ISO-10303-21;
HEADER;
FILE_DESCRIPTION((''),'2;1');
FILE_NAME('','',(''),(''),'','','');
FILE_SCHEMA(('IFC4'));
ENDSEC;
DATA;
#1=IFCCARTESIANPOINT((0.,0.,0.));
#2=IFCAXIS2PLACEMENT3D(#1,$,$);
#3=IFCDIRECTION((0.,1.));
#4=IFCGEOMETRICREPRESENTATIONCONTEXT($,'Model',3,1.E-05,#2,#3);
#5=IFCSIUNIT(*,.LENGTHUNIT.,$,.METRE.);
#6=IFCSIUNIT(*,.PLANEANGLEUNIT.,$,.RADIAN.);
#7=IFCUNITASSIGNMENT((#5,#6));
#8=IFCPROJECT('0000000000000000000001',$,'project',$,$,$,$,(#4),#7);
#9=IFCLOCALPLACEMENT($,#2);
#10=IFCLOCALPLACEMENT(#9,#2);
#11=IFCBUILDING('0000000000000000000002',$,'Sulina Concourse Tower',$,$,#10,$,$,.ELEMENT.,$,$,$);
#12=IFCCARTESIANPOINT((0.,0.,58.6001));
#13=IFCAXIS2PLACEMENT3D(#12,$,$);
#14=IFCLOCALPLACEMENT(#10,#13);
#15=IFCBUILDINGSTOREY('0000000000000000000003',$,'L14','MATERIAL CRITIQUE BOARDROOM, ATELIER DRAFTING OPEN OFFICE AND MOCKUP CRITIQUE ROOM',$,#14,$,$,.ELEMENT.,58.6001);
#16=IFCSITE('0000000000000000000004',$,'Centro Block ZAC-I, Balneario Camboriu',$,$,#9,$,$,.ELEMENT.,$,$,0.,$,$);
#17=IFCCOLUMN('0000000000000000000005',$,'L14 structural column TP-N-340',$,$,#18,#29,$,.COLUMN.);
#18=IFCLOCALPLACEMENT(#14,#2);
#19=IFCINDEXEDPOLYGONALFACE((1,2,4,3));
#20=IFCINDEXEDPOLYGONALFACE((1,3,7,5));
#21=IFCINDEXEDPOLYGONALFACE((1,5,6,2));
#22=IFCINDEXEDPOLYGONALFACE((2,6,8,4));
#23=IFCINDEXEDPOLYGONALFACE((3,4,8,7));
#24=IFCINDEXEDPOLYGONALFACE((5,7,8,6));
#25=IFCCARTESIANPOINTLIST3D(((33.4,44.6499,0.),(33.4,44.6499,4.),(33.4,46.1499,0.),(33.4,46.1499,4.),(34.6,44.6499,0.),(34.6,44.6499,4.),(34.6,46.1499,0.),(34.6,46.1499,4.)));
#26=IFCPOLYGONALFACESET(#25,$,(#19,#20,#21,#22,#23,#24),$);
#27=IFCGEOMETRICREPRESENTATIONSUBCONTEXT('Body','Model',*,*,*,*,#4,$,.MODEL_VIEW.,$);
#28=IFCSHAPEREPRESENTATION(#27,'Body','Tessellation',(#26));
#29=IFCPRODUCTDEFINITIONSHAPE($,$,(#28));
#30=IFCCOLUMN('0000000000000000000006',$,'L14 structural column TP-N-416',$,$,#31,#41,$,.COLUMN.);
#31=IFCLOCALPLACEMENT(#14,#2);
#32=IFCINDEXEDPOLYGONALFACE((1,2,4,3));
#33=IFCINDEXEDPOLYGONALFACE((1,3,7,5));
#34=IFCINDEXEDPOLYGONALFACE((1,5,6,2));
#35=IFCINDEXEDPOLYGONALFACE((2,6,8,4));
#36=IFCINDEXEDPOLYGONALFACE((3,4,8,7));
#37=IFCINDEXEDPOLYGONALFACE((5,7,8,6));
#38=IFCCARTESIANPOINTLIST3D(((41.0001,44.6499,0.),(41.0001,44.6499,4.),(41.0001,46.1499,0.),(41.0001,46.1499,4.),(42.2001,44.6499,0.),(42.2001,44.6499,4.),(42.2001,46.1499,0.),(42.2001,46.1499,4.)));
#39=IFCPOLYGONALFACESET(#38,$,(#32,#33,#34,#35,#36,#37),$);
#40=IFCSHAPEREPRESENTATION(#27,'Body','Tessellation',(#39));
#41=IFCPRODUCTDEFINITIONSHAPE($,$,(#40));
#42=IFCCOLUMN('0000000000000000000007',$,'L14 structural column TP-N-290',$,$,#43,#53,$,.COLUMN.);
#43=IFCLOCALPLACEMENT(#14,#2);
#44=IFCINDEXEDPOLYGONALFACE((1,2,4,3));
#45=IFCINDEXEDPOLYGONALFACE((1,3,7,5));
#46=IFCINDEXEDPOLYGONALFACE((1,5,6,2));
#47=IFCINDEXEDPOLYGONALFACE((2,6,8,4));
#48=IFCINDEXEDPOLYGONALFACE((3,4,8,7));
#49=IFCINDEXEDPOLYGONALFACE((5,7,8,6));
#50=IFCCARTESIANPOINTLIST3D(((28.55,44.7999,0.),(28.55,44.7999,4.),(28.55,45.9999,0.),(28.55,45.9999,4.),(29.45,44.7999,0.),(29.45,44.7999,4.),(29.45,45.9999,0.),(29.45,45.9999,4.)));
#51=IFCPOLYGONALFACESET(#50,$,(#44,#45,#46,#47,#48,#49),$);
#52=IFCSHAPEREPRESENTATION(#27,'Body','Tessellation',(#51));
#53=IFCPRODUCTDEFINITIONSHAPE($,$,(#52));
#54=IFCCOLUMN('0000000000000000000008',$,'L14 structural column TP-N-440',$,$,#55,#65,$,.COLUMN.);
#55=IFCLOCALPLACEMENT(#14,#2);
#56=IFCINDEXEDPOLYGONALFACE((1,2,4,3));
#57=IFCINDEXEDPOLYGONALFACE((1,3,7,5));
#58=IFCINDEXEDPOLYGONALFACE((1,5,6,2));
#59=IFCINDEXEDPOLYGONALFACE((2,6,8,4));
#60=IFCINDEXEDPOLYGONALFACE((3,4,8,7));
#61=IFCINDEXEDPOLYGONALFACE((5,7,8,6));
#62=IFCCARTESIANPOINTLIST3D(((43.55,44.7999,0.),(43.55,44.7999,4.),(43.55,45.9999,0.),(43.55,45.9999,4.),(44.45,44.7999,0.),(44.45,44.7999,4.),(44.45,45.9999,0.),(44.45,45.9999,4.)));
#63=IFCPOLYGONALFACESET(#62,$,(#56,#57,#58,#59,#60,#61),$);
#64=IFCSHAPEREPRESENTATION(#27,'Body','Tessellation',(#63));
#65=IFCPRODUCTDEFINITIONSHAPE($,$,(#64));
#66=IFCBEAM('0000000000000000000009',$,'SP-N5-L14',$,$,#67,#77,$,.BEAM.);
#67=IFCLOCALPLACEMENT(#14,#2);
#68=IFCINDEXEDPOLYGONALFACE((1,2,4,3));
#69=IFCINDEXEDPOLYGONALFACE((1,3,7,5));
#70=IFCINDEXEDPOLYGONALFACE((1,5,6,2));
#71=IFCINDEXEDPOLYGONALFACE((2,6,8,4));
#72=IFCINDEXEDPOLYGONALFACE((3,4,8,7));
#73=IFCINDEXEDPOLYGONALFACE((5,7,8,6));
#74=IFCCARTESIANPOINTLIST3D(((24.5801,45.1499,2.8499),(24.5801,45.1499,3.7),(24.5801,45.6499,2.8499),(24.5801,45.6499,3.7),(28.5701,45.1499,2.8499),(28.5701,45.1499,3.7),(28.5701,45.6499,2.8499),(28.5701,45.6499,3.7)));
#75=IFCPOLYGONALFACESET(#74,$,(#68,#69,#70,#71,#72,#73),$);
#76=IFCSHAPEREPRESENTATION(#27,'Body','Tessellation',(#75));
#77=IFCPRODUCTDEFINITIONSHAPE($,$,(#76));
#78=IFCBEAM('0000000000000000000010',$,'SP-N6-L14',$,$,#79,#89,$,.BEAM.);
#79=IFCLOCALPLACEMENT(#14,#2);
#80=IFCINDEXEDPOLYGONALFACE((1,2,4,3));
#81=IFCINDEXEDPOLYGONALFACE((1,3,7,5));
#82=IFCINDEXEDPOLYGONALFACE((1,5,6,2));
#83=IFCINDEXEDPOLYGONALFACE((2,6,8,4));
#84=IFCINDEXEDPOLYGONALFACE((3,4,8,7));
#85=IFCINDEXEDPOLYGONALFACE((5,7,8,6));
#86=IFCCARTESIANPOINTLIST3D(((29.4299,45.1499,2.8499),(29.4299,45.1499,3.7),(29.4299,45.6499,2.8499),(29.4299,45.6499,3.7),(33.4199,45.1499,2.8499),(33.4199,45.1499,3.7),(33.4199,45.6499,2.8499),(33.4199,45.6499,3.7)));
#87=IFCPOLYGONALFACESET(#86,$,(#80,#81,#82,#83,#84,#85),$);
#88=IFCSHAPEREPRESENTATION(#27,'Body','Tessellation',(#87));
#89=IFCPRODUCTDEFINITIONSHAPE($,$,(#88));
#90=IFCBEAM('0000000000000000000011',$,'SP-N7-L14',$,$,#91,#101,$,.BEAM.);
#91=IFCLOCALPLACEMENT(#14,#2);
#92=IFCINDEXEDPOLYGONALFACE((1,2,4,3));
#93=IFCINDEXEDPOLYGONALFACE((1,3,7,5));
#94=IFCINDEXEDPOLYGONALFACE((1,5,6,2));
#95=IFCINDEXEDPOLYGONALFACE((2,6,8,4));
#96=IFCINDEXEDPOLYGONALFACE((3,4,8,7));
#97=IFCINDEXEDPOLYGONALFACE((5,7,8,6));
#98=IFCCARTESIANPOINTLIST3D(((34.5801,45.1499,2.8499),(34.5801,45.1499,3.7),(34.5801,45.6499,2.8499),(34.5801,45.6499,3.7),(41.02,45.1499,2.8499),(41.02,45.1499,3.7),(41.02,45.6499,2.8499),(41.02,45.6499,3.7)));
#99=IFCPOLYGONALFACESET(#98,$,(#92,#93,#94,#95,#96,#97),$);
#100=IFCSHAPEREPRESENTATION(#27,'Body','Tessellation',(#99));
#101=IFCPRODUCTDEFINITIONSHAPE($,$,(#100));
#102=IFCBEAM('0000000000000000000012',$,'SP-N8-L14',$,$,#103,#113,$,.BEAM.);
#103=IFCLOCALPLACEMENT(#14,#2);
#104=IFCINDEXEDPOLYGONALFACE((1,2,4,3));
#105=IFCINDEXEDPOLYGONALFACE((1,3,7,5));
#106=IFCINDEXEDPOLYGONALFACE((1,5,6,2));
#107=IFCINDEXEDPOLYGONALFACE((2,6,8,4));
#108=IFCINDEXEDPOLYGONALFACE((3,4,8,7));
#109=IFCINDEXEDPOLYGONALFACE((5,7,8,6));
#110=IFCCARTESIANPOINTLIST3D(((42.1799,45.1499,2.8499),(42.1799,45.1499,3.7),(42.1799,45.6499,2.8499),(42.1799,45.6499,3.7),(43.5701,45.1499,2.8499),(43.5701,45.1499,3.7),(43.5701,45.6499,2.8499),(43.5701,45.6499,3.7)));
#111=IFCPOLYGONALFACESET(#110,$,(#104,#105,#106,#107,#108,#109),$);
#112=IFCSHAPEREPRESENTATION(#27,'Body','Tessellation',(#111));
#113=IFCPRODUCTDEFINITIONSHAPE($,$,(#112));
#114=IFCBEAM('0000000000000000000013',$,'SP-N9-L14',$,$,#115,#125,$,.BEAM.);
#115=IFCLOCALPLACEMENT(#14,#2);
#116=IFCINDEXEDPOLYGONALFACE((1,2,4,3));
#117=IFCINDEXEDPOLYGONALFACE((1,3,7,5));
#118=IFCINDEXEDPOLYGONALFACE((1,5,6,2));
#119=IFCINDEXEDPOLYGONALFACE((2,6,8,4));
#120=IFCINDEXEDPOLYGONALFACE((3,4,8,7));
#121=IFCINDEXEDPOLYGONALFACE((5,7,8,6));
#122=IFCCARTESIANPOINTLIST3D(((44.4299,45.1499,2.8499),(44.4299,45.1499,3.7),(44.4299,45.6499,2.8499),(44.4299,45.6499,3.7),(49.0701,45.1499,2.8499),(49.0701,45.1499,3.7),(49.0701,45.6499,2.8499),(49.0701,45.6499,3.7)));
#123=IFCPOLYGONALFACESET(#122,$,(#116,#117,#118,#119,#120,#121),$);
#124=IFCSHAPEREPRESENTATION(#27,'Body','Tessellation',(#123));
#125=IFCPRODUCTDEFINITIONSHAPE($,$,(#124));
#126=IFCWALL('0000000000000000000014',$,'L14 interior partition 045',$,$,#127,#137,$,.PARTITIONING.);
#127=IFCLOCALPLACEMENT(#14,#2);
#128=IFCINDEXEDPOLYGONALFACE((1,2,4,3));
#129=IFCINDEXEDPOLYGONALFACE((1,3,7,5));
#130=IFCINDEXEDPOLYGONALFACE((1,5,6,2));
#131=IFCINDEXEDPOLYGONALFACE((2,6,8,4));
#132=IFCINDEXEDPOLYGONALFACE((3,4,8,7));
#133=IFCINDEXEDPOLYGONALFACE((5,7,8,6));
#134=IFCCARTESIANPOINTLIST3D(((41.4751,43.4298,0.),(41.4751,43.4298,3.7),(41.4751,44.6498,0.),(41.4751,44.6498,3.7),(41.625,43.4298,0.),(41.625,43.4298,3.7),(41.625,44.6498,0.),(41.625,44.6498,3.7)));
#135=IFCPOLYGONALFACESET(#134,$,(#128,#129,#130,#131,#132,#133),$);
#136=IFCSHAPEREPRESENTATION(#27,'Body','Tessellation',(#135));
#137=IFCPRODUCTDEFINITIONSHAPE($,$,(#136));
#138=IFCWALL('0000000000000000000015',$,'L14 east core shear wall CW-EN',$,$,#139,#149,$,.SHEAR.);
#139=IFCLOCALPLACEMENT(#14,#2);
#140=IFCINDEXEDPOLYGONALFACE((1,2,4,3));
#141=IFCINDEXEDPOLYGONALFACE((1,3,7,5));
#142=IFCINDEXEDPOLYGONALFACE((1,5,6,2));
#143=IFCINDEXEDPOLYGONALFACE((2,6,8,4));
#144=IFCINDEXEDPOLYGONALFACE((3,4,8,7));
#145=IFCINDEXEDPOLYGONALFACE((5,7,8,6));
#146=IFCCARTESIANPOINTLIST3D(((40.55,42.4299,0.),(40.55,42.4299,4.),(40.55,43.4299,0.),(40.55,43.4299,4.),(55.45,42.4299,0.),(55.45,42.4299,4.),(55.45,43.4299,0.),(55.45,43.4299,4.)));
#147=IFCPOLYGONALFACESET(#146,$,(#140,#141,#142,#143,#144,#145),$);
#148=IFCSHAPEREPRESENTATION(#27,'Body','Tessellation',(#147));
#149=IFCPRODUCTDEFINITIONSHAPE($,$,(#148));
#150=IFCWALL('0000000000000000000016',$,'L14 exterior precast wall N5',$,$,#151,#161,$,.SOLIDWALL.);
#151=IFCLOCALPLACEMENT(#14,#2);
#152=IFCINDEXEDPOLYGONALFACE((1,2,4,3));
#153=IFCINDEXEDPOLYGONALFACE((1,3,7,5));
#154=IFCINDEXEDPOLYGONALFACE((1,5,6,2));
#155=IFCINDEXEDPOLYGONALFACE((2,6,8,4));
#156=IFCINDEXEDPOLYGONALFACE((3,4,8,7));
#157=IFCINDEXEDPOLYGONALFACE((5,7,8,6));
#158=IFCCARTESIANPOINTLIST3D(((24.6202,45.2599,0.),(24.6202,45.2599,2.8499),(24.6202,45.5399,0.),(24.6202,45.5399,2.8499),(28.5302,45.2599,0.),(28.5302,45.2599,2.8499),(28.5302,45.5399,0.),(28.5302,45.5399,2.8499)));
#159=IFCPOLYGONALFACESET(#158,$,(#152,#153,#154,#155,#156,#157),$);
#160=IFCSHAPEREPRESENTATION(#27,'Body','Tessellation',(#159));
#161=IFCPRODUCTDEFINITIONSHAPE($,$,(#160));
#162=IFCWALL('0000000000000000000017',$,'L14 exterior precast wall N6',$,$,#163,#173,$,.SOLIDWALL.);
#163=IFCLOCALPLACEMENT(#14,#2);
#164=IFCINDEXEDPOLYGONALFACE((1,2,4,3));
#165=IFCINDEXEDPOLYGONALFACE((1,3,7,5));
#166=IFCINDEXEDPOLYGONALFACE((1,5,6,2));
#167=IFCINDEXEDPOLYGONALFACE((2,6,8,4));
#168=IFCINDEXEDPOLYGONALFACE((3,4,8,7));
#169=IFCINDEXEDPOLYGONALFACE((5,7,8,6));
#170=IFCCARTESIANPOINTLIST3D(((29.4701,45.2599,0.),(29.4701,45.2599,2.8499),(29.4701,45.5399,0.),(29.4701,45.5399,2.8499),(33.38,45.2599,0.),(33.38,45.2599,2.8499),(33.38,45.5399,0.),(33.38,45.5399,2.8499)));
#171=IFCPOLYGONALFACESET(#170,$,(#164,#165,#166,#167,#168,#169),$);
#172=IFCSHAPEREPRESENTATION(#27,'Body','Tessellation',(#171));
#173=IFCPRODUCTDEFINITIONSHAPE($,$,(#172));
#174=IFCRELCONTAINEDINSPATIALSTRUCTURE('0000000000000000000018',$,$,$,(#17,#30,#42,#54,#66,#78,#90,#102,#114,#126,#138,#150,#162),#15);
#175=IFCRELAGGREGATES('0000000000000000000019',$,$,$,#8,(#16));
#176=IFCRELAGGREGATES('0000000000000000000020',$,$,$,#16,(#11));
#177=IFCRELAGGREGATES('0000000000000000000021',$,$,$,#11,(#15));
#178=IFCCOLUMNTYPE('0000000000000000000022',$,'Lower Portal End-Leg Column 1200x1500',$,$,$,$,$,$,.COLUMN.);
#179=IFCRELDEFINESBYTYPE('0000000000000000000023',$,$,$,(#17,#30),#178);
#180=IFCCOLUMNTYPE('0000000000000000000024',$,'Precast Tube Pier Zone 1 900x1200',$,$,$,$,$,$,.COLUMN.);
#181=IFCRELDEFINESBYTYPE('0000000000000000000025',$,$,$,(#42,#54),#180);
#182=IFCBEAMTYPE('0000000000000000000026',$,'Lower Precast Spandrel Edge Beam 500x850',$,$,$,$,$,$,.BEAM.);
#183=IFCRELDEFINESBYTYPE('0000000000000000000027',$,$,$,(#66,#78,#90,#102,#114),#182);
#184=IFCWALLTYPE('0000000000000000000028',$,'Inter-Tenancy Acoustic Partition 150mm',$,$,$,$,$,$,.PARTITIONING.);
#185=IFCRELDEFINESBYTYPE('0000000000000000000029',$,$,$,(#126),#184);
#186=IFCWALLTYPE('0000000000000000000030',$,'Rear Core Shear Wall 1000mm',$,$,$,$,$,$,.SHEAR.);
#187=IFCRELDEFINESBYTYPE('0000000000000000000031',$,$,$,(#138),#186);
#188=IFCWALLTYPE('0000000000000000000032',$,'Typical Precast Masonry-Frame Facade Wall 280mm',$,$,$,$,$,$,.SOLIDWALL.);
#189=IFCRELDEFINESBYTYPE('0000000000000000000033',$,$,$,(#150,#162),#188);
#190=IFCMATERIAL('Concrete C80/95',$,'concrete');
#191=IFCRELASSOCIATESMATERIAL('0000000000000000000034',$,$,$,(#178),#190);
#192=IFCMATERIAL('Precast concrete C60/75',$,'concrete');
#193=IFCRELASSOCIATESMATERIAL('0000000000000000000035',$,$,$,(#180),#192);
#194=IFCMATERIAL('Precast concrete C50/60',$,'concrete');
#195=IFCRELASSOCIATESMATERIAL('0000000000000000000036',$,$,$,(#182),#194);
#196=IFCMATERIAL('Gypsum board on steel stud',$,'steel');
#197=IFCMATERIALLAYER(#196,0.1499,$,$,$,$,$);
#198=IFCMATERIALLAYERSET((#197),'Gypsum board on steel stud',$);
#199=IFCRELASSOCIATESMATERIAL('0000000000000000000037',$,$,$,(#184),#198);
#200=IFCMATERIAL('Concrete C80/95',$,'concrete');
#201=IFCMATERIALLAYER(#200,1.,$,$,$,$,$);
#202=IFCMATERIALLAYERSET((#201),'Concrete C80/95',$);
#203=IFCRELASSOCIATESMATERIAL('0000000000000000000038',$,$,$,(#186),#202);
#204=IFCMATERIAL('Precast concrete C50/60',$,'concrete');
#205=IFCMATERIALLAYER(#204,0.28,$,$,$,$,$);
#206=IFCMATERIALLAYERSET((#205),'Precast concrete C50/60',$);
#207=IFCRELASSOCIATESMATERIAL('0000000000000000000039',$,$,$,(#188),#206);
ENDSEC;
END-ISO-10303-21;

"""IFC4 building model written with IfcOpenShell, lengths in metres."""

from ifc_helpers import new_model, si_unit, direction, frame, frame_2d, origin, origin_2d, place, context, subcontext, project, spatial, rectangle, extrude, material, layer, layer_set, material_profile, profile_set, type_object, element, save


model = new_model("IFC4")

# Units and contexts
model_context = context("Model", 3, precision=1e-05, world=origin(), true_north=direction((0.0, 1.0)))
body_context = subcontext(model_context, "Body", "Model", "MODEL_VIEW")
ifc_project = project(units=[si_unit("LENGTHUNIT", "METRE"), si_unit("PLANEANGLEUNIT", "RADIAN")], contexts=[model_context])

# Site, building, storey
site_placement = place(None, origin())
site = spatial("IfcSite", under=ifc_project, at=site_placement, Name="Centro Block ZAC-I, Balneario Camboriu", CompositionType="ELEMENT", RefElevation=0.0)
building_placement = place(site_placement, origin())
building = spatial("IfcBuilding", under=site, at=building_placement, Name="Sulina Concourse Tower", CompositionType="ELEMENT")
storey_placement = place(building_placement, frame((0.0, 0.0, 58.6001)))
storey = spatial("IfcBuildingStorey", under=building, at=storey_placement, Name="L14", Description="MATERIAL CRITIQUE BOARDROOM, ATELIER DRAFTING OPEN OFFICE AND MOCKUP CRITIQUE ROOM", CompositionType="ELEMENT", Elevation=58.6001)

# Columns
ifc_material_1 = material(Name="Concrete C80/95", Category="concrete")
ifc_material_profile_1 = material_profile(ifc_material_1, rectangle(XDim=1.2, YDim=1.5, at=origin_2d()), Name="RC 1200x1500")
ifc_profile_set_1 = profile_set([ifc_material_profile_1], Name="Concrete C80/95")
column_type_1 = type_object("IfcColumnType", Name="Lower Portal End-Leg Column 1200x1500", PredefinedType="COLUMN", material=ifc_profile_set_1)
for number, where, z_axis, x_axis, name in (
    (1, (34.0, 45.3999, 0.0), (0.0, 0.0, 1.0), (1.0, 0.0, 0.0), "L14 structural column TP-N-340"),
    (2, (41.6001, 45.3999, 0.0), (0.0, 0.0, 1.0), (1.0, 0.0, 0.0), "L14 structural column TP-N-416"),
):
    element("IfcColumn", number, at=place(storey_placement, frame(where, z_axis=z_axis, x_axis=x_axis)), inside=storey, type_object=column_type_1, Name=name, PredefinedType="COLUMN", context=body_context, shape_type="SweptSolid", body=[
        extrude(rectangle(XDim=1.2, YDim=1.5, at=origin_2d()), origin(), (0.0, 0.0, 1.0), 4.0),
    ])
ifc_material_2 = material(Name="Precast concrete C60/75", Category="concrete")
ifc_material_profile_2 = material_profile(ifc_material_2, rectangle(XDim=0.8999, YDim=1.2, at=origin_2d()), Name="PC 900x1200")
ifc_profile_set_2 = profile_set([ifc_material_profile_2], Name="Precast concrete C60/75")
column_type_2 = type_object("IfcColumnType", Name="Precast Tube Pier Zone 1 900x1200", PredefinedType="COLUMN", material=ifc_profile_set_2)
for number, where, z_axis, x_axis, name in (
    (3, (29.0, 45.3999, 0.0), (0.0, 0.0, 1.0), (1.0, 0.0, 0.0), "L14 structural column TP-N-290"),
    (4, (44.0, 45.3999, 0.0), (0.0, 0.0, 1.0), (1.0, 0.0, 0.0), "L14 structural column TP-N-440"),
):
    element("IfcColumn", number, at=place(storey_placement, frame(where, z_axis=z_axis, x_axis=x_axis)), inside=storey, type_object=column_type_2, Name=name, PredefinedType="COLUMN", context=body_context, shape_type="SweptSolid", body=[
        extrude(rectangle(XDim=0.8999, YDim=1.2, at=origin_2d()), origin(), (0.0, 0.0, 1.0), 4.0),
    ])

# Beams
ifc_material_3 = material(Name="Precast concrete C50/60", Category="concrete")
ifc_material_profile_3 = material_profile(ifc_material_3, rectangle(XDim=0.5, YDim=0.8501, at=origin_2d()), Name="RC 500x850")
ifc_profile_set_3 = profile_set([ifc_material_profile_3], Name="Precast concrete C50/60")
beam_type = type_object("IfcBeamType", Name="Lower Precast Spandrel Edge Beam 500x850", PredefinedType="BEAM", material=ifc_profile_set_3)
for number, where, z_axis, x_axis, name in (
    (5, (24.5801, 45.3999, 3.2749), (1.0, 0.0, 0.0), (0.0, 1.0, 0.0), "SP-N5-L14"),
    (6, (29.4299, 45.3999, 3.2749), (1.0, 0.0, 0.0), (0.0, 1.0, 0.0), "SP-N6-L14"),
):
    element("IfcBeam", number, at=place(storey_placement, frame(where, z_axis=z_axis, x_axis=x_axis)), inside=storey, type_object=beam_type, Name=name, PredefinedType="BEAM", context=body_context, shape_type="SweptSolid", body=[
        extrude(rectangle(XDim=0.5, YDim=0.8501, at=origin_2d()), origin(), (0.0, 0.0, 1.0), 3.99),
    ])
beam_1_placement = place(storey_placement, frame((34.5801, 45.3999, 3.2749), z_axis=(1.0, 0.0, 0.0), x_axis=(0.0, 1.0, 0.0)))
element("IfcBeam", 7, at=beam_1_placement, inside=storey, type_object=beam_type, Name="SP-N7-L14", PredefinedType="BEAM", context=body_context, shape_type="SweptSolid", body=[
    extrude(rectangle(XDim=0.5, YDim=0.8501, at=origin_2d()), origin(), (0.0, 0.0, 1.0), 6.4399),
])
beam_2_placement = place(storey_placement, frame((42.1799, 45.3999, 3.2749), z_axis=(1.0, 0.0, 0.0), x_axis=(0.0, 1.0, 0.0)))
element("IfcBeam", 8, at=beam_2_placement, inside=storey, type_object=beam_type, Name="SP-N8-L14", PredefinedType="BEAM", context=body_context, shape_type="SweptSolid", body=[
    extrude(rectangle(XDim=0.5, YDim=0.8501, at=origin_2d()), origin(), (0.0, 0.0, 1.0), 1.3901),
])
beam_3_placement = place(storey_placement, frame((44.4299, 45.3999, 3.2749), z_axis=(1.0, 0.0, 0.0), x_axis=(0.0, 1.0, 0.0)))
element("IfcBeam", 9, at=beam_3_placement, inside=storey, type_object=beam_type, Name="SP-N9-L14", PredefinedType="BEAM", context=body_context, shape_type="SweptSolid", body=[
    extrude(rectangle(XDim=0.5, YDim=0.8501, at=origin_2d()), origin(), (0.0, 0.0, 1.0), 4.6401),
])

# Walls
ifc_material_4 = material(Name="Gypsum board on steel stud", Category="steel")
ifc_layer_1 = layer(ifc_material_4, 0.1499)
ifc_layer_set_1 = layer_set([ifc_layer_1], Name="Gypsum board on steel stud")
wall_type_1 = type_object("IfcWallType", Name="Inter-Tenancy Acoustic Partition 150mm", PredefinedType="PARTITIONING", material=ifc_layer_set_1)
wall_1_placement = place(storey_placement, frame((41.55, 43.4299, 0.0), z_axis=(0.0, 0.0, 1.0), x_axis=(0.0, 1.0, 0.0)))
element("IfcWall", 10, at=wall_1_placement, inside=storey, type_object=wall_type_1, Name="L14 interior partition 045", PredefinedType="PARTITIONING", context=body_context, shape_type="SweptSolid", body=[
    extrude(rectangle(XDim=1.22, YDim=0.1499, at=frame_2d((0.6099, 0.0))), origin(), (0.0, 0.0, 1.0), 3.7),
])
ifc_material_5 = material(Name="Concrete C80/95", Category="concrete")
ifc_layer_2 = layer(ifc_material_5, 1.0)
ifc_layer_set_2 = layer_set([ifc_layer_2], Name="Concrete C80/95")
wall_type_2 = type_object("IfcWallType", Name="Rear Core Shear Wall 1000mm", PredefinedType="SHEAR", material=ifc_layer_set_2)
wall_2_placement = place(storey_placement, frame((40.55, 42.9299, 0.0), z_axis=(0.0, 0.0, 1.0), x_axis=(1.0, 0.0, 0.0)))
element("IfcWall", 11, at=wall_2_placement, inside=storey, type_object=wall_type_2, Name="L14 east core shear wall CW-EN", PredefinedType="SHEAR", context=body_context, shape_type="SweptSolid", body=[
    extrude(rectangle(XDim=14.8999, YDim=1.0, at=frame_2d((7.45, 0.0))), origin(), (0.0, 0.0, 1.0), 4.0),
])
ifc_material_6 = material(Name="Precast concrete C50/60", Category="concrete")
ifc_layer_3 = layer(ifc_material_6, 0.28)
ifc_layer_set_3 = layer_set([ifc_layer_3], Name="Precast concrete C50/60")
wall_type_3 = type_object("IfcWallType", Name="Typical Precast Masonry-Frame Facade Wall 280mm", PredefinedType="SOLIDWALL", material=ifc_layer_set_3)
for number, where, z_axis, x_axis, name in (
    (12, (24.6201, 45.3999, 0.0), (0.0, 0.0, 1.0), (1.0, 0.0, 0.0), "L14 exterior precast wall N5"),
    (13, (29.47, 45.3999, 0.0), (0.0, 0.0, 1.0), (1.0, 0.0, 0.0), "L14 exterior precast wall N6"),
):
    element("IfcWall", number, at=place(storey_placement, frame(where, z_axis=z_axis, x_axis=x_axis)), inside=storey, type_object=wall_type_3, Name=name, PredefinedType="SOLIDWALL", context=body_context, shape_type="SweptSolid", body=[
        extrude(rectangle(XDim=3.9099, YDim=0.28, at=frame_2d((1.9551, 0.0))), origin(), (0.0, 0.0, 1.0), 2.8499),
    ])

save(model, "model.ifc")
